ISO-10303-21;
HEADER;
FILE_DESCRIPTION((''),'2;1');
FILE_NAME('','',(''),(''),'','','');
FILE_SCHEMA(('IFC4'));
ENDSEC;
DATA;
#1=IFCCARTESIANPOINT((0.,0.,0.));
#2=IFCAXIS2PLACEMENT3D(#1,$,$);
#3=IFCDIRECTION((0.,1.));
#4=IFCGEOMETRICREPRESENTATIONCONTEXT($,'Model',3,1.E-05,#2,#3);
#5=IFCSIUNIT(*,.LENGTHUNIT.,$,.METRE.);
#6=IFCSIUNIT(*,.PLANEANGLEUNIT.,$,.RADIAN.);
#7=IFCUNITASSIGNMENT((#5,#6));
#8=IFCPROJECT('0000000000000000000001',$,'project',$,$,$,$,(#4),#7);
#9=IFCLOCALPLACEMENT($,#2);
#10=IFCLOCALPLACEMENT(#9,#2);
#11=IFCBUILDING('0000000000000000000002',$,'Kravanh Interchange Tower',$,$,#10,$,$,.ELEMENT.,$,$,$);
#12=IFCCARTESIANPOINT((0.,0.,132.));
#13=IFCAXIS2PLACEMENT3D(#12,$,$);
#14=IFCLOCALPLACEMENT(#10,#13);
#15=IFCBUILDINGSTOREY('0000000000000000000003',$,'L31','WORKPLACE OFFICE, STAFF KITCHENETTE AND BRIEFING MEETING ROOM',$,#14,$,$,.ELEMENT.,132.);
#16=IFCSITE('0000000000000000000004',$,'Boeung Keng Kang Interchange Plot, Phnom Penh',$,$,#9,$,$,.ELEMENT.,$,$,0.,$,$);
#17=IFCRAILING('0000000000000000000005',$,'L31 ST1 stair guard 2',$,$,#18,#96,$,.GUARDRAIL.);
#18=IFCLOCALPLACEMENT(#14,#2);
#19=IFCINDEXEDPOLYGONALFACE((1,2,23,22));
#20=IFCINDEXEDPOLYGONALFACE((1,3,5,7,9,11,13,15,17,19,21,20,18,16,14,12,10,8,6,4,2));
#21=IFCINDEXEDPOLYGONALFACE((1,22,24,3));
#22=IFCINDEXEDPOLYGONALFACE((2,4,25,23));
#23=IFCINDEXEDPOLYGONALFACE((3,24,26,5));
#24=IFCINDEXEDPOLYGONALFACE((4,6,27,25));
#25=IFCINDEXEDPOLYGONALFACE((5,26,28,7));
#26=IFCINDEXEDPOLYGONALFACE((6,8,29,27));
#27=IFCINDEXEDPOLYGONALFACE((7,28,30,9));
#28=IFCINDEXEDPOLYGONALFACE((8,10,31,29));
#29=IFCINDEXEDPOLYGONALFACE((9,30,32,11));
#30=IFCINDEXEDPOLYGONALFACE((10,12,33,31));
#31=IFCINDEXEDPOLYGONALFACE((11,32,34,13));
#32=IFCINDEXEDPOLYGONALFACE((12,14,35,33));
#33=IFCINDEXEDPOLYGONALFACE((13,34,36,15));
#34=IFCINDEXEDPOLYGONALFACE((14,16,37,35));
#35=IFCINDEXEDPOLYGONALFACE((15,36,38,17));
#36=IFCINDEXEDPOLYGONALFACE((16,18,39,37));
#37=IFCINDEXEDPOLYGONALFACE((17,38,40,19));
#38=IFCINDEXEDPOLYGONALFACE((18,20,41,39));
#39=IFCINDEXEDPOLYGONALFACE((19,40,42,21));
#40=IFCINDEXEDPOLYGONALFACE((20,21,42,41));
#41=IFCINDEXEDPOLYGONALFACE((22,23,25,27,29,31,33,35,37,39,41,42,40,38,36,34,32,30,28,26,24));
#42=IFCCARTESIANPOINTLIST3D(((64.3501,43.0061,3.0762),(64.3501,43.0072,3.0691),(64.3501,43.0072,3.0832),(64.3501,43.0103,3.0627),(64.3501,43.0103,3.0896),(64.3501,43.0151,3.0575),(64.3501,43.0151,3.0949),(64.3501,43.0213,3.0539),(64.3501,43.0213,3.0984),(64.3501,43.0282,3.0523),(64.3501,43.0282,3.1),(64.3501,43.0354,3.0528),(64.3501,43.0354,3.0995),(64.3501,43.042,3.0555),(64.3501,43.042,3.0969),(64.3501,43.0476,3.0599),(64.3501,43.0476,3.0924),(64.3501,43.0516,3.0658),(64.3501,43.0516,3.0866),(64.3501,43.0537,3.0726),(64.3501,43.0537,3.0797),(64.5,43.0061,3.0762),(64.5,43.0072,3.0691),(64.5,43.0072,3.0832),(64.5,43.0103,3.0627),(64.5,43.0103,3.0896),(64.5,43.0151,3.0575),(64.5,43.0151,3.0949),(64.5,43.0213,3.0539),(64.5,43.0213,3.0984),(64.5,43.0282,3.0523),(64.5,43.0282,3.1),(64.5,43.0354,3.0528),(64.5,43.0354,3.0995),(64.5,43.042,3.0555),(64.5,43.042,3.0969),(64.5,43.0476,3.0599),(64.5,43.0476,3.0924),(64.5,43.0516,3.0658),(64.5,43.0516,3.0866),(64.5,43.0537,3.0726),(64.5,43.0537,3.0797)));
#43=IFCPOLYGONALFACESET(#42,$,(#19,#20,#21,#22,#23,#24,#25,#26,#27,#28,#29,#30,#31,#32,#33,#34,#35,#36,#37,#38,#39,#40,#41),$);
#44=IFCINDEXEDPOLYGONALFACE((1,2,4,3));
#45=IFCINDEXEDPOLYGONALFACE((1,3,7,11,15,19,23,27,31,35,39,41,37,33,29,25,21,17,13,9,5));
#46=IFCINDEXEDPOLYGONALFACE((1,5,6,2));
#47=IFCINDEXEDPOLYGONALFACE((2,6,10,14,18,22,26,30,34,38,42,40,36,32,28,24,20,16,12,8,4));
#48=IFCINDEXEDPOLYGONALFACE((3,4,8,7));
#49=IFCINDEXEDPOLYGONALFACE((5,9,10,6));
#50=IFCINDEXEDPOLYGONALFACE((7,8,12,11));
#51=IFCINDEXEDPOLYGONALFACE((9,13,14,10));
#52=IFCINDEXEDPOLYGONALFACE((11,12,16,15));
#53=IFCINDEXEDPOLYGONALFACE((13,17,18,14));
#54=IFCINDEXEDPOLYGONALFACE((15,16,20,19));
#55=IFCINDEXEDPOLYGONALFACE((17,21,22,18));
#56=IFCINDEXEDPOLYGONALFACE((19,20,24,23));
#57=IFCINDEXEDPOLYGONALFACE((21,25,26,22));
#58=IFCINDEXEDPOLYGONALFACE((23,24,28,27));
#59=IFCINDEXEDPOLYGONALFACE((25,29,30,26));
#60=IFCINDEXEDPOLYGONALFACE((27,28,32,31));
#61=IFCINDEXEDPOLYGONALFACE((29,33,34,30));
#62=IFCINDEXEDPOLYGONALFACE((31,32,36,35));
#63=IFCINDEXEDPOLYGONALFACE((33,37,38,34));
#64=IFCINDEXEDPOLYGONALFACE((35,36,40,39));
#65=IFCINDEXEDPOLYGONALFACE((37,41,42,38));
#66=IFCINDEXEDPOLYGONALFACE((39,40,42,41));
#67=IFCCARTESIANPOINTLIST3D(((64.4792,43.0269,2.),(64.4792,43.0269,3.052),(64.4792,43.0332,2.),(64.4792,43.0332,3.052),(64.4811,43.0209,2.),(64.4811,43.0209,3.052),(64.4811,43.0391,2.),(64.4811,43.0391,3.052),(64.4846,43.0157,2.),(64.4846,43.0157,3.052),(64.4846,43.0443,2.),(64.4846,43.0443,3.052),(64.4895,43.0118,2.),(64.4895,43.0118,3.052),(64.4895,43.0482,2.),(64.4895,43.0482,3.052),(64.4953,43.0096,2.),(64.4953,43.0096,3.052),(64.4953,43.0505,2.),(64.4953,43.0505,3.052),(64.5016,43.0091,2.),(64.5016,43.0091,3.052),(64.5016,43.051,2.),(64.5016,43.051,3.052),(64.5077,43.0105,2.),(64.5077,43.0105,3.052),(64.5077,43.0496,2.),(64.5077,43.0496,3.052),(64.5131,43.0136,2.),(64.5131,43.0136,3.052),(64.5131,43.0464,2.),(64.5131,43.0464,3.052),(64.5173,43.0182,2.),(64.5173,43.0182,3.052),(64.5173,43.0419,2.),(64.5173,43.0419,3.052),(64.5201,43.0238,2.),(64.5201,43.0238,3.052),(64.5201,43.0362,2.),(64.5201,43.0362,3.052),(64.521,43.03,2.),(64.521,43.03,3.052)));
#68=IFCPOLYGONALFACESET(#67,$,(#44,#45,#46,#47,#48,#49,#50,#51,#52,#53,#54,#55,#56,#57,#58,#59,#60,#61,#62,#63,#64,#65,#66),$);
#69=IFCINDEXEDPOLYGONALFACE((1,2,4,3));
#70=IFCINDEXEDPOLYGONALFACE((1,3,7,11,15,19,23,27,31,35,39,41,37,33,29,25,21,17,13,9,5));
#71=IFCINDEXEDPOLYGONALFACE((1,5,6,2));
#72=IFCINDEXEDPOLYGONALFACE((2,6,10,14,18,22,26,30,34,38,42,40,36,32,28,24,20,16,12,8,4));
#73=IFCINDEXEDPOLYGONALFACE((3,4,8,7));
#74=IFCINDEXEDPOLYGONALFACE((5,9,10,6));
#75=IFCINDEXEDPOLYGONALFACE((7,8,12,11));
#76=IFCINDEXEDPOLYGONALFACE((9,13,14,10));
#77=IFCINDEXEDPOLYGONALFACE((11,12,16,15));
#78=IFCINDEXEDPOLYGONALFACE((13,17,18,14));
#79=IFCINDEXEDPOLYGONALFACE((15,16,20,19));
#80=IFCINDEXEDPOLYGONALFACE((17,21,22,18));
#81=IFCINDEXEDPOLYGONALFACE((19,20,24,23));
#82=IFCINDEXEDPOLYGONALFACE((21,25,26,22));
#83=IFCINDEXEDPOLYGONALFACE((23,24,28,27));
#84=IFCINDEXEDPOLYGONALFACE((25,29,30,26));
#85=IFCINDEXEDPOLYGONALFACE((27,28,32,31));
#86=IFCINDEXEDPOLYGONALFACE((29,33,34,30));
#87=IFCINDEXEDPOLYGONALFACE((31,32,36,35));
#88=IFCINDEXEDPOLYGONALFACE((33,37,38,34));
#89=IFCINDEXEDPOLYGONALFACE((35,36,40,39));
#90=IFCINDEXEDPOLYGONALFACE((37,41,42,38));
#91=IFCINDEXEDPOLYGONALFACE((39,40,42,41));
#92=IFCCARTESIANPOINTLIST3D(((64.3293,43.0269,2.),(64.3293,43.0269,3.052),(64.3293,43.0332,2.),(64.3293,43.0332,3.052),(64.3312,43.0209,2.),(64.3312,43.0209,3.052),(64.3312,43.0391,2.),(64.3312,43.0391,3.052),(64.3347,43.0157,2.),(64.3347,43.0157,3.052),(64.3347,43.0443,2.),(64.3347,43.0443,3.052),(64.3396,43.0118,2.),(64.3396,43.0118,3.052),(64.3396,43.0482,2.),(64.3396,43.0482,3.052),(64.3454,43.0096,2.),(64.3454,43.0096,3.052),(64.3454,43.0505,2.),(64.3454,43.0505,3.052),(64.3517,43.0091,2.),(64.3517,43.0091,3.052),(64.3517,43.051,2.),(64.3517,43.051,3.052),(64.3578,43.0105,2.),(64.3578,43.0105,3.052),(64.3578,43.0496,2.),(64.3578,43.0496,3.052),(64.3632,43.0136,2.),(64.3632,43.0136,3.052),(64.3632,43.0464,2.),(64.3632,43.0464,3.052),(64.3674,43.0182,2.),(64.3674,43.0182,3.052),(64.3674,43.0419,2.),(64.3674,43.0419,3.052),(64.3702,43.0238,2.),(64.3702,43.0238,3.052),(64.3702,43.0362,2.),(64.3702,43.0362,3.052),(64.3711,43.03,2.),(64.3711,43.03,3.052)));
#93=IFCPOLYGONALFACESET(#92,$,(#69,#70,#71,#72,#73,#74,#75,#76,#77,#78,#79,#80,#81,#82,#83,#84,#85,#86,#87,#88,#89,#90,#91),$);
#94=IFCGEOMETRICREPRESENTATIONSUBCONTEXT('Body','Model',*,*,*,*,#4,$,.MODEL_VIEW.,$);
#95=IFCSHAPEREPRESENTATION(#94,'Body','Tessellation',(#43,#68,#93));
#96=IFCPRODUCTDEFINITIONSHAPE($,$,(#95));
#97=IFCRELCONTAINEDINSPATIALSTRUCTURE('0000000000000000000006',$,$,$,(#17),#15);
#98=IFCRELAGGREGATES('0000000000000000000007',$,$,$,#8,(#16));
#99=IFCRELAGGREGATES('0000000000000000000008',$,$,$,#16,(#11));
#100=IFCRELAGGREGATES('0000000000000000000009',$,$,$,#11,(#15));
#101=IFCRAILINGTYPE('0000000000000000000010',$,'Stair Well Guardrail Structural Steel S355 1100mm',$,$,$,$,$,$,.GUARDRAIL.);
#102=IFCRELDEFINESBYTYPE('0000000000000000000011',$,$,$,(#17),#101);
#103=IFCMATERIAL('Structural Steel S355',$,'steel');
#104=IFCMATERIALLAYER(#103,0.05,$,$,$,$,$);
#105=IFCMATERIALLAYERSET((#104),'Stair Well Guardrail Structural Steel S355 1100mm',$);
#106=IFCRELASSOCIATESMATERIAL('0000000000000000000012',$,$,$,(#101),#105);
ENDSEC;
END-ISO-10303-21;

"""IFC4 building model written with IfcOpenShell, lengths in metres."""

from ifc_helpers import new_model, si_unit, direction, frame, origin, origin_2d, place, context, subcontext, project, spatial, circle, extrude, material, layer, layer_set, type_object, element, save


model = new_model("IFC4")

# Units and contexts
model_context = context("Model", 3, precision=1e-05, world=origin(), true_north=direction((0.0, 1.0)))
body_context = subcontext(model_context, "Body", "Model", "MODEL_VIEW")
ifc_project = project(units=[si_unit("LENGTHUNIT", "METRE"), si_unit("PLANEANGLEUNIT", "RADIAN")], contexts=[model_context])

# Site, building, storey
site_placement = place(None, origin())
site = spatial("IfcSite", under=ifc_project, at=site_placement, Name="Boeung Keng Kang Interchange Plot, Phnom Penh", CompositionType="ELEMENT", RefElevation=0.0)
building_placement = place(site_placement, origin())
building = spatial("IfcBuilding", under=site, at=building_placement, Name="Kravanh Interchange Tower", CompositionType="ELEMENT")
storey_placement = place(building_placement, frame((0.0, 0.0, 132.0)))
storey = spatial("IfcBuildingStorey", under=building, at=storey_placement, Name="L31", Description="WORKPLACE OFFICE, STAFF KITCHENETTE AND BRIEFING MEETING ROOM", CompositionType="ELEMENT", Elevation=132.0)

# Railing
ifc_material_1 = material(Name="Structural Steel S355", Category="steel")
ifc_layer_1 = layer(ifc_material_1, 0.05)
ifc_layer_set_1 = layer_set([ifc_layer_1], Name="Stair Well Guardrail Structural Steel S355 1100mm")
railing_type_1 = type_object("IfcRailingType", Name="Stair Well Guardrail Structural Steel S355 1100mm", PredefinedType="GUARDRAIL", material=ifc_layer_set_1)
railing_1_placement = place(storey_placement, frame((64.5, 43.03, 2.0)))
element("IfcRailing", 1, at=railing_1_placement, inside=storey, type_object=railing_type_1, Name="L31 ST1 stair guard 2", PredefinedType="GUARDRAIL", context=body_context, shape_type="SweptSolid", body=[
    extrude(circle(Radius=0.0239, at=origin_2d()), frame((0.0, 0.0, 1.0762), z_axis=(-1.0, 0.0, 0.0), x_axis=(0.0, -1.0, 0.0)), (0.0, 0.0, 1.0), 0.1499),
    extrude(circle(Radius=0.021, at=origin_2d()), origin(), (0.0, 0.0, 1.0), 1.052),
    extrude(circle(Radius=0.021, at=origin_2d()), frame((-0.1499, 0.0, 0.0)), (0.0, 0.0, 1.0), 1.052),
])

save(model, "model.ifc")
